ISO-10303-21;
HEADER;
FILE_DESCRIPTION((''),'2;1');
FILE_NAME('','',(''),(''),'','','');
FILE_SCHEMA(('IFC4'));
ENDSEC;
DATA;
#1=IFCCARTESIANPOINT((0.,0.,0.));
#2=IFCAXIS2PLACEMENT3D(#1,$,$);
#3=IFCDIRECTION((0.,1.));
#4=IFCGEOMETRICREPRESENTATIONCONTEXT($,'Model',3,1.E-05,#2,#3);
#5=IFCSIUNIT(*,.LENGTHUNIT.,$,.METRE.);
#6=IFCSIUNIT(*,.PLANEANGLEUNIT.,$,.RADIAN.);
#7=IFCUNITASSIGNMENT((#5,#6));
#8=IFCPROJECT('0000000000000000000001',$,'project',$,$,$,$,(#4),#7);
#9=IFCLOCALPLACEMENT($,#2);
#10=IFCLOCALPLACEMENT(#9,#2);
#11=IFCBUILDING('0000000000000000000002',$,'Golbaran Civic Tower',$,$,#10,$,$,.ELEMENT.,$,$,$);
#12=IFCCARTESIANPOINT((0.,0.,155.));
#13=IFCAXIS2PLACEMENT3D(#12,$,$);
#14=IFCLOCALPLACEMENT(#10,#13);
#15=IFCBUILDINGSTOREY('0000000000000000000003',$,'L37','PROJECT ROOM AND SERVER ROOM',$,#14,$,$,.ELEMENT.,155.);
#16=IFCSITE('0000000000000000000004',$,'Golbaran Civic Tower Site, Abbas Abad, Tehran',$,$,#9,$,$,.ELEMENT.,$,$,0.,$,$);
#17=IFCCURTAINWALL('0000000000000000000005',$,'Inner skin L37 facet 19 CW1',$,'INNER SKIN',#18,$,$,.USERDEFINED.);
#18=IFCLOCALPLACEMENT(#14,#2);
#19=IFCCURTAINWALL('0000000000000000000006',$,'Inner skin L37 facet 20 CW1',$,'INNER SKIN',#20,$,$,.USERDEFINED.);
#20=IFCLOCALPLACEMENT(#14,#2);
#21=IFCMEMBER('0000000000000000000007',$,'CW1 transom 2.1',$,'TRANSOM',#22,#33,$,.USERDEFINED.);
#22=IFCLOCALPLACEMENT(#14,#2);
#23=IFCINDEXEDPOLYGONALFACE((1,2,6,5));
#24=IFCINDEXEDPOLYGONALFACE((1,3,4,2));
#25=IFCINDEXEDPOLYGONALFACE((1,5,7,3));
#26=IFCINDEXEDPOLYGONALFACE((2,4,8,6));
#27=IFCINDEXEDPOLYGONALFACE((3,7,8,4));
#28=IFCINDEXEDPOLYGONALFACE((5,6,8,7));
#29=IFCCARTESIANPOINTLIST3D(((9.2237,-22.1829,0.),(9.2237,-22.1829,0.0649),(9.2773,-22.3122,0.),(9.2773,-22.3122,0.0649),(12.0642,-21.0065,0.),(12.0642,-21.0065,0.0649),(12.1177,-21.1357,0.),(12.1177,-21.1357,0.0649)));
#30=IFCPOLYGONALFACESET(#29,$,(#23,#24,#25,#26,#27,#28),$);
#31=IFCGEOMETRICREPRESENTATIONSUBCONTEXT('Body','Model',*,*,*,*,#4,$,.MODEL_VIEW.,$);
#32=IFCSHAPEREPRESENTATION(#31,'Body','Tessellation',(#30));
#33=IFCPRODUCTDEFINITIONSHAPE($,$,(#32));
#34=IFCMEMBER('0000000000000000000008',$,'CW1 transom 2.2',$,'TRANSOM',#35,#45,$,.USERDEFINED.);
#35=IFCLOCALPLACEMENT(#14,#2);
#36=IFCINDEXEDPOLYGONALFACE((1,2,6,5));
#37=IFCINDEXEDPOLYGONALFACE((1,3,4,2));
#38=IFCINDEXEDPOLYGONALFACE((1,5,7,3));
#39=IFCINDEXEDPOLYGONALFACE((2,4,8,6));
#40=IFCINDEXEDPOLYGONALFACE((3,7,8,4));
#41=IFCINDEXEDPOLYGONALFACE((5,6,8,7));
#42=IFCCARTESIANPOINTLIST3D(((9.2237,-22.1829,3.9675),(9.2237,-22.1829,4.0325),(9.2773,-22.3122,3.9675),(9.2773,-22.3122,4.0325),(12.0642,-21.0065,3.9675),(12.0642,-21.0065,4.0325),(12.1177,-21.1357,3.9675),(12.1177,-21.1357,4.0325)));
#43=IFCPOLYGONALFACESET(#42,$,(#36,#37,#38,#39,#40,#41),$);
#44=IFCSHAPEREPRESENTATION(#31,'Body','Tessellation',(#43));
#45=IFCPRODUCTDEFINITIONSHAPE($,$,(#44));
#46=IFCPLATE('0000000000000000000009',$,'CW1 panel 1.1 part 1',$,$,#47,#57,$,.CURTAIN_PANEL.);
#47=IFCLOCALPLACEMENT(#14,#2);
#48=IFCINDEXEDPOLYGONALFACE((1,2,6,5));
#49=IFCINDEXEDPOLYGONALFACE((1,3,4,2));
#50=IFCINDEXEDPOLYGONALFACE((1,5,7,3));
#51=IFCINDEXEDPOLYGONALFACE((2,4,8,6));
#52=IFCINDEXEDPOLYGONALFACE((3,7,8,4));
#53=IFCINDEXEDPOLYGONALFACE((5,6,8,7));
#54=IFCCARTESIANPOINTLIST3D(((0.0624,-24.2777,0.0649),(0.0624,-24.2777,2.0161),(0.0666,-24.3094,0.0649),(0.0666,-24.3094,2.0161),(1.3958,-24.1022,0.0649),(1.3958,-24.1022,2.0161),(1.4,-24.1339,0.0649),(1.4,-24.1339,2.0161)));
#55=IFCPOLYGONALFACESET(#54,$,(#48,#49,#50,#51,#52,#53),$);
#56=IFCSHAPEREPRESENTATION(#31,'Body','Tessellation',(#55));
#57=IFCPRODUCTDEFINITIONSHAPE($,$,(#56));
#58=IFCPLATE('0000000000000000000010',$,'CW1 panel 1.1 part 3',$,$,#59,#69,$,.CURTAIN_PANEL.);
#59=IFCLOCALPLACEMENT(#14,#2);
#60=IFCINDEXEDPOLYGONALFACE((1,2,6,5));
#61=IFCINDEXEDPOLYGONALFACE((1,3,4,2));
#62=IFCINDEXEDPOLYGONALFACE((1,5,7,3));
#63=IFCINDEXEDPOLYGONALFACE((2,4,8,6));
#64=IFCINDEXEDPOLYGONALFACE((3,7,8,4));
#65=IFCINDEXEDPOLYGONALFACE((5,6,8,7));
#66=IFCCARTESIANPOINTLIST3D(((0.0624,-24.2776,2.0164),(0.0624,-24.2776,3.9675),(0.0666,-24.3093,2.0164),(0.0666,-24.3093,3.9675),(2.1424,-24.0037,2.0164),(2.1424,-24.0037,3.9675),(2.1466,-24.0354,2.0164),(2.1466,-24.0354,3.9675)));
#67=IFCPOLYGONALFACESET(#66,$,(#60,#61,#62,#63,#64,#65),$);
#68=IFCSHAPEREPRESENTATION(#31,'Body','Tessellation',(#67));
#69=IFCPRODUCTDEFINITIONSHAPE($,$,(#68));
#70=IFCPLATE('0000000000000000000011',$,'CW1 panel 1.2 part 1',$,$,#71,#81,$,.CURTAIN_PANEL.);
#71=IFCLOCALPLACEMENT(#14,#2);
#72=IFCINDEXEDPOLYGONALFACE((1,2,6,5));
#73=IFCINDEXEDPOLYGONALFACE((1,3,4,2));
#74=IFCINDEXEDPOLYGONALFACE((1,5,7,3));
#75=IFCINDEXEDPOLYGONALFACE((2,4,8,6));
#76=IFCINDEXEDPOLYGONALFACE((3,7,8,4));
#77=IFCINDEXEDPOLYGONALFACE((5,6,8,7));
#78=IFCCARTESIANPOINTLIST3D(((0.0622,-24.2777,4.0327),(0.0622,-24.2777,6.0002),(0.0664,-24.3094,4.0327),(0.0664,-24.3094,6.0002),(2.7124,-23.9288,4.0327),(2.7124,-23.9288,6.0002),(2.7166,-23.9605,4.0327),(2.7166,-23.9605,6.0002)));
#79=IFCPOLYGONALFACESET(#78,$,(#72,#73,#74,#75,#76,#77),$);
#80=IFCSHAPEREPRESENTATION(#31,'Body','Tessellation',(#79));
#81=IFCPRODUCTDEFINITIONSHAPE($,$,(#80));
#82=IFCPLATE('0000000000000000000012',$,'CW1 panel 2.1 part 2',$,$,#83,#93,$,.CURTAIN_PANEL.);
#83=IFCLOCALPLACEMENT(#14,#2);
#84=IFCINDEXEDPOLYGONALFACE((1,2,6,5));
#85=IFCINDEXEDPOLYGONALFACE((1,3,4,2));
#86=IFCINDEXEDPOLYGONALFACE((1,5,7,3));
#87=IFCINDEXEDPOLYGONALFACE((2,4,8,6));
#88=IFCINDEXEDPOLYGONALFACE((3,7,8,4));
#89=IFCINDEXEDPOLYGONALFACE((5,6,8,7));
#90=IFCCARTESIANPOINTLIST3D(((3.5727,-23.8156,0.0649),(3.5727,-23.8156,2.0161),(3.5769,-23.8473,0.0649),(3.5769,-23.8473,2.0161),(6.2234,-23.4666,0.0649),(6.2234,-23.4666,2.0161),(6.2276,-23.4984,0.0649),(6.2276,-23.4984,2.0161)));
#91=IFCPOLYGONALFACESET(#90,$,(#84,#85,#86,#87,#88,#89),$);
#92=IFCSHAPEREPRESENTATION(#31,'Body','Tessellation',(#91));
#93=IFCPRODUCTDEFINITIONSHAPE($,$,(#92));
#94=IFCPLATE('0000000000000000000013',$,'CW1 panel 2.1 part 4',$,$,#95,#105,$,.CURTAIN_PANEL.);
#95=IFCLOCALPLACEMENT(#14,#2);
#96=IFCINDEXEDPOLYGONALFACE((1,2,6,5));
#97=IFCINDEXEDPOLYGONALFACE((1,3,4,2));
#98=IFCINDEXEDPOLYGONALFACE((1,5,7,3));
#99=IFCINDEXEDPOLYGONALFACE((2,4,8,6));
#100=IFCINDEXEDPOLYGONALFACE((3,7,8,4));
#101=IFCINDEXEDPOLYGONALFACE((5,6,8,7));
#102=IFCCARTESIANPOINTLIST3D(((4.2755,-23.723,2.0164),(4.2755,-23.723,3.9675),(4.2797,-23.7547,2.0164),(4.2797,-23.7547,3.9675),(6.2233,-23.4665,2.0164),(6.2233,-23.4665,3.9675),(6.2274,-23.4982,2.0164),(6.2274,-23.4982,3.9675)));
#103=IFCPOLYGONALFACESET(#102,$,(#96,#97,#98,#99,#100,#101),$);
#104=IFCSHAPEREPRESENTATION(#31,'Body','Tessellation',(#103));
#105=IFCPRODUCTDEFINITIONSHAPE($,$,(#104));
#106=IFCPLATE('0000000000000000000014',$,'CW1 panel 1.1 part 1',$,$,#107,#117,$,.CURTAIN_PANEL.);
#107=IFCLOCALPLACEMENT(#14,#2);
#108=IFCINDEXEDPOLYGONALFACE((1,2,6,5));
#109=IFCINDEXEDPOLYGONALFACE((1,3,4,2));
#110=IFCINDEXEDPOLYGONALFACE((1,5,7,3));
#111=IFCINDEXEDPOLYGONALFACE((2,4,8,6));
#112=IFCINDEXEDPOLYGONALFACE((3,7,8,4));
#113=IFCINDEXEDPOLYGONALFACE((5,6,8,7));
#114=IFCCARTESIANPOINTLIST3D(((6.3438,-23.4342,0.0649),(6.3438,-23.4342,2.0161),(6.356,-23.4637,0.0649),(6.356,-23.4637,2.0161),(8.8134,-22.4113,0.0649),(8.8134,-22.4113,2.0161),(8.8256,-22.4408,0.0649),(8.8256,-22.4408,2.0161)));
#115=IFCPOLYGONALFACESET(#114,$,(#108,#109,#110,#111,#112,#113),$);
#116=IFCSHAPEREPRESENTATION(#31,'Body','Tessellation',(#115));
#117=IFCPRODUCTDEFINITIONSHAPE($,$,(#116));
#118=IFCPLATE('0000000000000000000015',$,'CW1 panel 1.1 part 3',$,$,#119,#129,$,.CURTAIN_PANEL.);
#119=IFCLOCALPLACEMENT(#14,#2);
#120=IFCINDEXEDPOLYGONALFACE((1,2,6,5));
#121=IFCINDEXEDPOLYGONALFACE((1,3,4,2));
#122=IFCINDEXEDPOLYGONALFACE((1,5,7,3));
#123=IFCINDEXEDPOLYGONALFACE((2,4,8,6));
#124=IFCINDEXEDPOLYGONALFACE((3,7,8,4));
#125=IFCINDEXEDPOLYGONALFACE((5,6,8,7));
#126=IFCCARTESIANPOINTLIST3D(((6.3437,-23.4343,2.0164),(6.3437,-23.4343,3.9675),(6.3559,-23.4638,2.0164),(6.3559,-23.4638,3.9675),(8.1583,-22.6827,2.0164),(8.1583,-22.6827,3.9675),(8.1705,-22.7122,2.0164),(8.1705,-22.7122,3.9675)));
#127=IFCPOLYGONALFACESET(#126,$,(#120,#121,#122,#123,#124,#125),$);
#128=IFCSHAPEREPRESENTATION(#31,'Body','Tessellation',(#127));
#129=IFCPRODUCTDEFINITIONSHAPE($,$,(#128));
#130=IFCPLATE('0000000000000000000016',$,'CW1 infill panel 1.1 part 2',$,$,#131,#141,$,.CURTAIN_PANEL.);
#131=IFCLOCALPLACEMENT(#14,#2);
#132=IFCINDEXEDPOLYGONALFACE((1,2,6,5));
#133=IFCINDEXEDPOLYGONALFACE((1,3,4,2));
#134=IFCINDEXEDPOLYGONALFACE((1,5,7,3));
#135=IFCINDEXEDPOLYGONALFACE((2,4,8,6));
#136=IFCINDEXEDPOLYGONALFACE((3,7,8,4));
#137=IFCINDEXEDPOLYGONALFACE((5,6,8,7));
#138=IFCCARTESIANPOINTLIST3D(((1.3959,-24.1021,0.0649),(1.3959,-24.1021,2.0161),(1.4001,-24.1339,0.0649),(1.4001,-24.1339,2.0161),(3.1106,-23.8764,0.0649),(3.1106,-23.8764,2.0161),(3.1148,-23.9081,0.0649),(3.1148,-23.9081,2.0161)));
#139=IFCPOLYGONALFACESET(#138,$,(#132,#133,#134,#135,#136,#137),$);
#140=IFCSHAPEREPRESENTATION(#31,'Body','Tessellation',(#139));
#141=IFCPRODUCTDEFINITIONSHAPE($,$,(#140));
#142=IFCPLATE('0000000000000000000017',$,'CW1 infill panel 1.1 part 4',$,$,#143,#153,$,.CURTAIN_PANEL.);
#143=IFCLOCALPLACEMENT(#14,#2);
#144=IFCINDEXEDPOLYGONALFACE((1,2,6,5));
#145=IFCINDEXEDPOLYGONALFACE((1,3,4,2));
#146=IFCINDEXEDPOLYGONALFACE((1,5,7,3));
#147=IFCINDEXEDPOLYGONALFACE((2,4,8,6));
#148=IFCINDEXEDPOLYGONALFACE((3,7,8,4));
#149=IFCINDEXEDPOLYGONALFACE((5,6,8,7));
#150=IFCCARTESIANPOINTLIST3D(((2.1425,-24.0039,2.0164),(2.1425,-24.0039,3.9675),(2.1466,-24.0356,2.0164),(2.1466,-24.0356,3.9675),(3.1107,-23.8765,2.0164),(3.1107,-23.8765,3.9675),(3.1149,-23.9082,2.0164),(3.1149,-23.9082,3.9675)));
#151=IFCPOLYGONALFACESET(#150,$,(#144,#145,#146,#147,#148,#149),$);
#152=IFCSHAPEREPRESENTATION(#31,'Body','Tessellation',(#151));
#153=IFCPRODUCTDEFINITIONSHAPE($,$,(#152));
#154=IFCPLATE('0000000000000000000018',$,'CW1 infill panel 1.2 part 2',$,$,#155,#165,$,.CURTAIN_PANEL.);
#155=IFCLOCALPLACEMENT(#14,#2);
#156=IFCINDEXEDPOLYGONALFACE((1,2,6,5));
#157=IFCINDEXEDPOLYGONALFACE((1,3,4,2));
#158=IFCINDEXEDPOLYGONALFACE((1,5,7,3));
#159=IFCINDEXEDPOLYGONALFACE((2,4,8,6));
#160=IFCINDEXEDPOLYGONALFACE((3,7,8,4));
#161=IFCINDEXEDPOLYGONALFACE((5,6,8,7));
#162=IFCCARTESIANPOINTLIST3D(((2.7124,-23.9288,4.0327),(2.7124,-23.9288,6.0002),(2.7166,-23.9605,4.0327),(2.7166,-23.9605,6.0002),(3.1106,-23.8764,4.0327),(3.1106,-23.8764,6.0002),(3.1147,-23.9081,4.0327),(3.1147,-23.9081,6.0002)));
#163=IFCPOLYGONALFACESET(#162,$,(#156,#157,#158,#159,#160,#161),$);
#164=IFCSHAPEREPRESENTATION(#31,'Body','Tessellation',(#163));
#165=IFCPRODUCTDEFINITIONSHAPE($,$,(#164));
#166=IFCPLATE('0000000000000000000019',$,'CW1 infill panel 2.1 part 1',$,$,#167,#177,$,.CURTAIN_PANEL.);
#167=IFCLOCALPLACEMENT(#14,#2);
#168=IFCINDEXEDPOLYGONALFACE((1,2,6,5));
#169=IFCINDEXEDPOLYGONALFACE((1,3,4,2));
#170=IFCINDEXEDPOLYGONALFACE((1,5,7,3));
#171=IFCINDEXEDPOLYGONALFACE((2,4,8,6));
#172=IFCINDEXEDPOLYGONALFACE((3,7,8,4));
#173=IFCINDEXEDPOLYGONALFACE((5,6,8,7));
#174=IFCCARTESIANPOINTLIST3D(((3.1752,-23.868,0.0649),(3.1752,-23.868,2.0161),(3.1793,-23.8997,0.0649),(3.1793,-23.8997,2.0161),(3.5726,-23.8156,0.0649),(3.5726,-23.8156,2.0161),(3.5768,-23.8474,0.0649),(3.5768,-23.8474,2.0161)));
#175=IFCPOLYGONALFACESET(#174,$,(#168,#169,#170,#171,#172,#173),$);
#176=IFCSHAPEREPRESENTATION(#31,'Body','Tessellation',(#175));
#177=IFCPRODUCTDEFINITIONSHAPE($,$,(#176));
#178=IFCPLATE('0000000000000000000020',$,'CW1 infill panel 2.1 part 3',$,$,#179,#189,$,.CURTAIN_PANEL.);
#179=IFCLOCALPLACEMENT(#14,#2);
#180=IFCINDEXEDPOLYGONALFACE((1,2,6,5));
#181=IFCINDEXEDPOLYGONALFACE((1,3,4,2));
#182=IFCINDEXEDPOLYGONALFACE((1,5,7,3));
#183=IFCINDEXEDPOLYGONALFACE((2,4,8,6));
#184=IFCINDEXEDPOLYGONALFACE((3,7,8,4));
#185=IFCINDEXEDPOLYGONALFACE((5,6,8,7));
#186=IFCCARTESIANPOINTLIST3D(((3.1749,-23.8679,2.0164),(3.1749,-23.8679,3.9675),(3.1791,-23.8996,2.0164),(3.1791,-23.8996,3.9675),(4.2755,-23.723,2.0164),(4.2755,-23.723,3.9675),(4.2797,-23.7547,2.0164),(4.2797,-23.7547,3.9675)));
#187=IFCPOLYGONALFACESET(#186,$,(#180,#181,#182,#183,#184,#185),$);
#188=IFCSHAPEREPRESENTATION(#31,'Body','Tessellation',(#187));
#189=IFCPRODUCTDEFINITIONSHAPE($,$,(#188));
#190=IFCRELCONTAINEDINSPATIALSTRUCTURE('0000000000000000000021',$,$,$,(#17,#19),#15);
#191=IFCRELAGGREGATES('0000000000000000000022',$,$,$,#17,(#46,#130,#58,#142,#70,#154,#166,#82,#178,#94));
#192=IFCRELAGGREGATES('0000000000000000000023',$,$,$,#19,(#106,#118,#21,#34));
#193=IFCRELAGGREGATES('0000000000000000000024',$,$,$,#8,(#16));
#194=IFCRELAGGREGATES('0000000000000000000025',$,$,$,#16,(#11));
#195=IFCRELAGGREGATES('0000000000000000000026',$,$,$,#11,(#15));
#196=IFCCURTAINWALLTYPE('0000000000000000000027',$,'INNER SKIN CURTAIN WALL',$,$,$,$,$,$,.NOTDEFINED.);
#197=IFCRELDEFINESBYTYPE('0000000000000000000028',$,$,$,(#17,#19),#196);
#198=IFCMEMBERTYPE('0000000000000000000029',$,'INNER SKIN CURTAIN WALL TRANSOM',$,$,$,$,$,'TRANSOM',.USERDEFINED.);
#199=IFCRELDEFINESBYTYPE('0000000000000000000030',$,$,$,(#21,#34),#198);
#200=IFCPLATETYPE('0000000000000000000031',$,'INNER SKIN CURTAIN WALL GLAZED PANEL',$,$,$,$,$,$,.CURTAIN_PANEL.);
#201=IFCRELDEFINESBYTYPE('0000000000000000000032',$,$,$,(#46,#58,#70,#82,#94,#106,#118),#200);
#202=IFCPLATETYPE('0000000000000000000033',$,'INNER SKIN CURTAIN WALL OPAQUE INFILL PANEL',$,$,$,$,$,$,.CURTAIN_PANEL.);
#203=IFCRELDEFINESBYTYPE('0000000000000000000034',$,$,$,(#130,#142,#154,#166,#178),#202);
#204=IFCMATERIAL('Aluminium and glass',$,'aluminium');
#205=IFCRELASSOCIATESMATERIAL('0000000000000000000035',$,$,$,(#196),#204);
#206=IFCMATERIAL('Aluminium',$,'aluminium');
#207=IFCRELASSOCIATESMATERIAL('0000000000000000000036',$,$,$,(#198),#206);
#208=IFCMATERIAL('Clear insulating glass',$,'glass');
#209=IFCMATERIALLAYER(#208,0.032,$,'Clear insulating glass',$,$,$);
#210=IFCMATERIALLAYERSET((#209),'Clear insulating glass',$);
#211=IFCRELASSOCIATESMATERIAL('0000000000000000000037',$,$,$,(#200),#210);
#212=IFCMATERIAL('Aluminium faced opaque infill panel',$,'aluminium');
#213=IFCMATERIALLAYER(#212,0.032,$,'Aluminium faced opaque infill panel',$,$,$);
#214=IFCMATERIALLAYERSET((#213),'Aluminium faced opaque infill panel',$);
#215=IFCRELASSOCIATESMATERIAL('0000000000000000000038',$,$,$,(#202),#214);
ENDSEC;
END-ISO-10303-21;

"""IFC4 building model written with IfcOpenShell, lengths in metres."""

from ifc_helpers import new_model, si_unit, direction, frame, origin, origin_2d, place, context, subcontext, project, spatial, rectangle, extrude, material, layer, layer_set, material_profile, profile_set, type_object, element, aggregate, save


model = new_model("IFC4")

# Units and contexts
model_context = context("Model", 3, precision=1e-05, world=origin(), true_north=direction((0.0, 1.0)))
body_context = subcontext(model_context, "Body", "Model", "MODEL_VIEW")
ifc_project = project(units=[si_unit("LENGTHUNIT", "METRE"), si_unit("PLANEANGLEUNIT", "RADIAN")], contexts=[model_context])

# Site, building, storey
site_placement = place(None, origin())
site = spatial("IfcSite", under=ifc_project, at=site_placement, Name="Golbaran Civic Tower Site, Abbas Abad, Tehran", CompositionType="ELEMENT", RefElevation=0.0)
building_placement = place(site_placement, origin())
building = spatial("IfcBuilding", under=site, at=building_placement, Name="Golbaran Civic Tower", CompositionType="ELEMENT")
storey_placement = place(building_placement, frame((0.0, 0.0, 155.0)))
storey = spatial("IfcBuildingStorey", under=building, at=storey_placement, Name="L37", Description="PROJECT ROOM AND SERVER ROOM", CompositionType="ELEMENT", Elevation=155.0)

# Curtain walls
ifc_material_1 = material(Name="Aluminium and glass", Category="aluminium")
curtain_wall_type = type_object("IfcCurtainWallType", Name="INNER SKIN CURTAIN WALL", PredefinedType="NOTDEFINED", material=ifc_material_1)
curtain_wall_1_placement = place(storey_placement, origin())
curtain_wall_1 = element("IfcCurtainWall", 1, at=curtain_wall_1_placement, inside=storey, type_object=curtain_wall_type, Name="Inner skin L37 facet 19 CW1", ObjectType="INNER SKIN", PredefinedType="USERDEFINED")
ifc_material_2 = material(Name="Aluminium", Category="aluminium")
curtain_wall_2_placement = place(storey_placement, origin())
curtain_wall_2 = element("IfcCurtainWall", 2, at=curtain_wall_2_placement, inside=storey, type_object=curtain_wall_type, Name="Inner skin L37 facet 20 CW1", ObjectType="INNER SKIN", PredefinedType="USERDEFINED")

# Members
ifc_material_profile_1 = material_profile(ifc_material_2, rectangle(XDim=0.1399, YDim=0.0649, at=origin_2d()), Name="INNER SKIN CURTAIN WALL TRANSOM")
ifc_profile_set_1 = profile_set([ifc_material_profile_1], Name="Aluminium")
member_type_1 = type_object("IfcMemberType", Name="INNER SKIN CURTAIN WALL TRANSOM", ElementType="TRANSOM", PredefinedType="USERDEFINED", material=ifc_profile_set_1)
member_1_placement = place(storey_placement, frame((9.2505, -22.2476, 0.0325), z_axis=(0.92389, 0.382658, 0.0), x_axis=(-0.382658, 0.92389, 0.0)))
member_1 = element("IfcMember", 3, at=member_1_placement, type_object=member_type_1, Name="CW1 transom 2.1", ObjectType="TRANSOM", PredefinedType="USERDEFINED", context=body_context, shape_type="SweptSolid", body=[
    extrude(rectangle(XDim=0.1399, YDim=0.0649, at=origin_2d()), origin(), (0.0, 0.0, 1.0), 3.0745),
])
member_2_placement = place(storey_placement, frame((9.2505, -22.2476, 4.0), z_axis=(0.92389, 0.382658, 0.0), x_axis=(-0.382658, 0.92389, 0.0)))
member_2 = element("IfcMember", 4, at=member_2_placement, type_object=member_type_1, Name="CW1 transom 2.2", ObjectType="TRANSOM", PredefinedType="USERDEFINED", context=body_context, shape_type="SweptSolid", body=[
    extrude(rectangle(XDim=0.1399, YDim=0.0649, at=origin_2d()), origin(), (0.0, 0.0, 1.0), 3.0745),
])

# Plates
ifc_material_3 = material(Name="Clear insulating glass", Category="glass")
ifc_layer_1 = layer(ifc_material_3, 0.032, Name="Clear insulating glass")
ifc_layer_set_1 = layer_set([ifc_layer_1], Name="Clear insulating glass")
plate_type_1 = type_object("IfcPlateType", Name="INNER SKIN CURTAIN WALL GLAZED PANEL", PredefinedType="CURTAIN_PANEL", material=ifc_layer_set_1)
plate_1_placement = place(storey_placement, frame((0.7312, -24.2058, 0.0649), z_axis=(0.0, 0.0, 1.0), x_axis=(0.991445, 0.130526, 0.0)))
plate_1 = element("IfcPlate", 5, at=plate_1_placement, type_object=plate_type_1, Name="CW1 panel 1.1 part 1", PredefinedType="CURTAIN_PANEL", context=body_context, shape_type="SweptSolid", body=[
    extrude(rectangle(XDim=1.345, YDim=0.032, at=origin_2d()), origin(), (0.0, 0.0, 1.0), 1.9512),
])
plate_2_placement = place(storey_placement, frame((1.1045, -24.1565, 2.0164), z_axis=(0.0, 0.0, 1.0), x_axis=(0.991445, 0.130526, 0.0)))
plate_2 = element("IfcPlate", 6, at=plate_2_placement, type_object=plate_type_1, Name="CW1 panel 1.1 part 3", PredefinedType="CURTAIN_PANEL", context=body_context, shape_type="SweptSolid", body=[
    extrude(rectangle(XDim=2.0979, YDim=0.032, at=origin_2d()), origin(), (0.0, 0.0, 1.0), 1.9512),
])
plate_3_placement = place(storey_placement, frame((1.3894, -24.1191, 4.0327), z_axis=(0.0, 0.0, 1.0), x_axis=(0.991445, 0.130526, 0.0)))
plate_3 = element("IfcPlate", 7, at=plate_3_placement, type_object=plate_type_1, Name="CW1 panel 1.2 part 1", PredefinedType="CURTAIN_PANEL", context=body_context, shape_type="SweptSolid", body=[
    extrude(rectangle(XDim=2.6731, YDim=0.032, at=origin_2d()), origin(), (0.0, 0.0, 1.0), 1.9675),
])
plate_4_placement = place(storey_placement, frame((4.9001, -23.657, 0.0649), z_axis=(0.0, 0.0, 1.0), x_axis=(0.991445, 0.130526, 0.0)))
plate_4 = element("IfcPlate", 8, at=plate_4_placement, type_object=plate_type_1, Name="CW1 panel 2.1 part 2", PredefinedType="CURTAIN_PANEL", context=body_context, shape_type="SweptSolid", body=[
    extrude(rectangle(XDim=2.6736, YDim=0.032, at=origin_2d()), origin(), (0.0, 0.0, 1.0), 1.9512),
])
plate_5_placement = place(storey_placement, frame((5.2515, -23.6106, 2.0164), z_axis=(0.0, 0.0, 1.0), x_axis=(0.991445, 0.130526, 0.0)))
plate_5 = element("IfcPlate", 9, at=plate_5_placement, type_object=plate_type_1, Name="CW1 panel 2.1 part 4", PredefinedType="CURTAIN_PANEL", context=body_context, shape_type="SweptSolid", body=[
    extrude(rectangle(XDim=1.9646, YDim=0.032, at=origin_2d()), origin(), (0.0, 0.0, 1.0), 1.9512),
])
plate_6_placement = place(storey_placement, frame((7.5847, -22.9375, 0.0649), z_axis=(0.0, 0.0, 1.0), x_axis=(0.92388, 0.382683, 0.0)))
plate_6 = element("IfcPlate", 10, at=plate_6_placement, type_object=plate_type_1, Name="CW1 panel 1.1 part 1", PredefinedType="CURTAIN_PANEL", context=body_context, shape_type="SweptSolid", body=[
    extrude(rectangle(XDim=2.6731, YDim=0.032, at=origin_2d()), origin(), (0.0, 0.0, 1.0), 1.9512),
])
plate_7_placement = place(storey_placement, frame((7.2571, -23.0732, 2.0164), z_axis=(0.0, 0.0, 1.0), x_axis=(0.92388, 0.382683, 0.0)))
plate_7 = element("IfcPlate", 11, at=plate_7_placement, type_object=plate_type_1, Name="CW1 panel 1.1 part 3", PredefinedType="CURTAIN_PANEL", context=body_context, shape_type="SweptSolid", body=[
    extrude(rectangle(XDim=1.9641, YDim=0.032, at=origin_2d()), origin(), (0.0, 0.0, 1.0), 1.9512),
])
ifc_material_4 = material(Name="Aluminium faced opaque infill panel", Category="aluminium")
ifc_layer_2 = layer(ifc_material_4, 0.032, Name="Aluminium faced opaque infill panel")
ifc_layer_set_2 = layer_set([ifc_layer_2], Name="Aluminium faced opaque infill panel")
plate_type_2 = type_object("IfcPlateType", Name="INNER SKIN CURTAIN WALL OPAQUE INFILL PANEL", PredefinedType="CURTAIN_PANEL", material=ifc_layer_set_2)
plate_8_placement = place(storey_placement, frame((2.2554, -24.0051, 0.0649), z_axis=(0.0, 0.0, 1.0), x_axis=(0.991445, 0.130526, 0.0)))
plate_8 = element("IfcPlate", 12, at=plate_8_placement, type_object=plate_type_2, Name="CW1 infill panel 1.1 part 2", PredefinedType="CURTAIN_PANEL", context=body_context, shape_type="SweptSolid", body=[
    extrude(rectangle(XDim=1.7295, YDim=0.032, at=origin_2d()), origin(), (0.0, 0.0, 1.0), 1.9512),
])
plate_9_placement = place(storey_placement, frame((2.6287, -23.9561, 2.0164), z_axis=(0.0, 0.0, 1.0), x_axis=(0.991445, 0.130526, 0.0)))
plate_9 = element("IfcPlate", 13, at=plate_9_placement, type_object=plate_type_2, Name="CW1 infill panel 1.1 part 4", PredefinedType="CURTAIN_PANEL", context=body_context, shape_type="SweptSolid", body=[
    extrude(rectangle(XDim=0.9766, YDim=0.032, at=origin_2d()), origin(), (0.0, 0.0, 1.0), 1.9512),
])
plate_10_placement = place(storey_placement, frame((2.9136, -23.9185, 4.0327), z_axis=(0.0, 0.0, 1.0), x_axis=(0.991445, 0.130526, 0.0)))
plate_10 = element("IfcPlate", 14, at=plate_10_placement, type_object=plate_type_2, Name="CW1 infill panel 1.2 part 2", PredefinedType="CURTAIN_PANEL", context=body_context, shape_type="SweptSolid", body=[
    extrude(rectangle(XDim=0.4016, YDim=0.032, at=origin_2d()), origin(), (0.0, 0.0, 1.0), 1.9675),
])
plate_11_placement = place(storey_placement, frame((3.376, -23.8577, 0.0649), z_axis=(0.0, 0.0, 1.0), x_axis=(0.991445, 0.130526, 0.0)))
plate_11 = element("IfcPlate", 15, at=plate_11_placement, type_object=plate_type_2, Name="CW1 infill panel 2.1 part 1", PredefinedType="CURTAIN_PANEL", context=body_context, shape_type="SweptSolid", body=[
    extrude(rectangle(XDim=0.4009, YDim=0.032, at=origin_2d()), origin(), (0.0, 0.0, 1.0), 1.9512),
])
plate_12_placement = place(storey_placement, frame((3.7273, -23.8113, 2.0164), z_axis=(0.0, 0.0, 1.0), x_axis=(0.991445, 0.130526, 0.0)))
plate_12 = element("IfcPlate", 16, at=plate_12_placement, type_object=plate_type_2, Name="CW1 infill panel 2.1 part 3", PredefinedType="CURTAIN_PANEL", context=body_context, shape_type="SweptSolid", body=[
    extrude(rectangle(XDim=1.1101, YDim=0.032, at=origin_2d()), origin(), (0.0, 0.0, 1.0), 1.9512),
])
aggregate(curtain_wall_1, [plate_1, plate_8, plate_2, plate_9, plate_3, plate_10, plate_11, plate_4, plate_12, plate_5])
aggregate(curtain_wall_2, [plate_6, plate_7, member_1, member_2])

save(model, "model.ifc")
